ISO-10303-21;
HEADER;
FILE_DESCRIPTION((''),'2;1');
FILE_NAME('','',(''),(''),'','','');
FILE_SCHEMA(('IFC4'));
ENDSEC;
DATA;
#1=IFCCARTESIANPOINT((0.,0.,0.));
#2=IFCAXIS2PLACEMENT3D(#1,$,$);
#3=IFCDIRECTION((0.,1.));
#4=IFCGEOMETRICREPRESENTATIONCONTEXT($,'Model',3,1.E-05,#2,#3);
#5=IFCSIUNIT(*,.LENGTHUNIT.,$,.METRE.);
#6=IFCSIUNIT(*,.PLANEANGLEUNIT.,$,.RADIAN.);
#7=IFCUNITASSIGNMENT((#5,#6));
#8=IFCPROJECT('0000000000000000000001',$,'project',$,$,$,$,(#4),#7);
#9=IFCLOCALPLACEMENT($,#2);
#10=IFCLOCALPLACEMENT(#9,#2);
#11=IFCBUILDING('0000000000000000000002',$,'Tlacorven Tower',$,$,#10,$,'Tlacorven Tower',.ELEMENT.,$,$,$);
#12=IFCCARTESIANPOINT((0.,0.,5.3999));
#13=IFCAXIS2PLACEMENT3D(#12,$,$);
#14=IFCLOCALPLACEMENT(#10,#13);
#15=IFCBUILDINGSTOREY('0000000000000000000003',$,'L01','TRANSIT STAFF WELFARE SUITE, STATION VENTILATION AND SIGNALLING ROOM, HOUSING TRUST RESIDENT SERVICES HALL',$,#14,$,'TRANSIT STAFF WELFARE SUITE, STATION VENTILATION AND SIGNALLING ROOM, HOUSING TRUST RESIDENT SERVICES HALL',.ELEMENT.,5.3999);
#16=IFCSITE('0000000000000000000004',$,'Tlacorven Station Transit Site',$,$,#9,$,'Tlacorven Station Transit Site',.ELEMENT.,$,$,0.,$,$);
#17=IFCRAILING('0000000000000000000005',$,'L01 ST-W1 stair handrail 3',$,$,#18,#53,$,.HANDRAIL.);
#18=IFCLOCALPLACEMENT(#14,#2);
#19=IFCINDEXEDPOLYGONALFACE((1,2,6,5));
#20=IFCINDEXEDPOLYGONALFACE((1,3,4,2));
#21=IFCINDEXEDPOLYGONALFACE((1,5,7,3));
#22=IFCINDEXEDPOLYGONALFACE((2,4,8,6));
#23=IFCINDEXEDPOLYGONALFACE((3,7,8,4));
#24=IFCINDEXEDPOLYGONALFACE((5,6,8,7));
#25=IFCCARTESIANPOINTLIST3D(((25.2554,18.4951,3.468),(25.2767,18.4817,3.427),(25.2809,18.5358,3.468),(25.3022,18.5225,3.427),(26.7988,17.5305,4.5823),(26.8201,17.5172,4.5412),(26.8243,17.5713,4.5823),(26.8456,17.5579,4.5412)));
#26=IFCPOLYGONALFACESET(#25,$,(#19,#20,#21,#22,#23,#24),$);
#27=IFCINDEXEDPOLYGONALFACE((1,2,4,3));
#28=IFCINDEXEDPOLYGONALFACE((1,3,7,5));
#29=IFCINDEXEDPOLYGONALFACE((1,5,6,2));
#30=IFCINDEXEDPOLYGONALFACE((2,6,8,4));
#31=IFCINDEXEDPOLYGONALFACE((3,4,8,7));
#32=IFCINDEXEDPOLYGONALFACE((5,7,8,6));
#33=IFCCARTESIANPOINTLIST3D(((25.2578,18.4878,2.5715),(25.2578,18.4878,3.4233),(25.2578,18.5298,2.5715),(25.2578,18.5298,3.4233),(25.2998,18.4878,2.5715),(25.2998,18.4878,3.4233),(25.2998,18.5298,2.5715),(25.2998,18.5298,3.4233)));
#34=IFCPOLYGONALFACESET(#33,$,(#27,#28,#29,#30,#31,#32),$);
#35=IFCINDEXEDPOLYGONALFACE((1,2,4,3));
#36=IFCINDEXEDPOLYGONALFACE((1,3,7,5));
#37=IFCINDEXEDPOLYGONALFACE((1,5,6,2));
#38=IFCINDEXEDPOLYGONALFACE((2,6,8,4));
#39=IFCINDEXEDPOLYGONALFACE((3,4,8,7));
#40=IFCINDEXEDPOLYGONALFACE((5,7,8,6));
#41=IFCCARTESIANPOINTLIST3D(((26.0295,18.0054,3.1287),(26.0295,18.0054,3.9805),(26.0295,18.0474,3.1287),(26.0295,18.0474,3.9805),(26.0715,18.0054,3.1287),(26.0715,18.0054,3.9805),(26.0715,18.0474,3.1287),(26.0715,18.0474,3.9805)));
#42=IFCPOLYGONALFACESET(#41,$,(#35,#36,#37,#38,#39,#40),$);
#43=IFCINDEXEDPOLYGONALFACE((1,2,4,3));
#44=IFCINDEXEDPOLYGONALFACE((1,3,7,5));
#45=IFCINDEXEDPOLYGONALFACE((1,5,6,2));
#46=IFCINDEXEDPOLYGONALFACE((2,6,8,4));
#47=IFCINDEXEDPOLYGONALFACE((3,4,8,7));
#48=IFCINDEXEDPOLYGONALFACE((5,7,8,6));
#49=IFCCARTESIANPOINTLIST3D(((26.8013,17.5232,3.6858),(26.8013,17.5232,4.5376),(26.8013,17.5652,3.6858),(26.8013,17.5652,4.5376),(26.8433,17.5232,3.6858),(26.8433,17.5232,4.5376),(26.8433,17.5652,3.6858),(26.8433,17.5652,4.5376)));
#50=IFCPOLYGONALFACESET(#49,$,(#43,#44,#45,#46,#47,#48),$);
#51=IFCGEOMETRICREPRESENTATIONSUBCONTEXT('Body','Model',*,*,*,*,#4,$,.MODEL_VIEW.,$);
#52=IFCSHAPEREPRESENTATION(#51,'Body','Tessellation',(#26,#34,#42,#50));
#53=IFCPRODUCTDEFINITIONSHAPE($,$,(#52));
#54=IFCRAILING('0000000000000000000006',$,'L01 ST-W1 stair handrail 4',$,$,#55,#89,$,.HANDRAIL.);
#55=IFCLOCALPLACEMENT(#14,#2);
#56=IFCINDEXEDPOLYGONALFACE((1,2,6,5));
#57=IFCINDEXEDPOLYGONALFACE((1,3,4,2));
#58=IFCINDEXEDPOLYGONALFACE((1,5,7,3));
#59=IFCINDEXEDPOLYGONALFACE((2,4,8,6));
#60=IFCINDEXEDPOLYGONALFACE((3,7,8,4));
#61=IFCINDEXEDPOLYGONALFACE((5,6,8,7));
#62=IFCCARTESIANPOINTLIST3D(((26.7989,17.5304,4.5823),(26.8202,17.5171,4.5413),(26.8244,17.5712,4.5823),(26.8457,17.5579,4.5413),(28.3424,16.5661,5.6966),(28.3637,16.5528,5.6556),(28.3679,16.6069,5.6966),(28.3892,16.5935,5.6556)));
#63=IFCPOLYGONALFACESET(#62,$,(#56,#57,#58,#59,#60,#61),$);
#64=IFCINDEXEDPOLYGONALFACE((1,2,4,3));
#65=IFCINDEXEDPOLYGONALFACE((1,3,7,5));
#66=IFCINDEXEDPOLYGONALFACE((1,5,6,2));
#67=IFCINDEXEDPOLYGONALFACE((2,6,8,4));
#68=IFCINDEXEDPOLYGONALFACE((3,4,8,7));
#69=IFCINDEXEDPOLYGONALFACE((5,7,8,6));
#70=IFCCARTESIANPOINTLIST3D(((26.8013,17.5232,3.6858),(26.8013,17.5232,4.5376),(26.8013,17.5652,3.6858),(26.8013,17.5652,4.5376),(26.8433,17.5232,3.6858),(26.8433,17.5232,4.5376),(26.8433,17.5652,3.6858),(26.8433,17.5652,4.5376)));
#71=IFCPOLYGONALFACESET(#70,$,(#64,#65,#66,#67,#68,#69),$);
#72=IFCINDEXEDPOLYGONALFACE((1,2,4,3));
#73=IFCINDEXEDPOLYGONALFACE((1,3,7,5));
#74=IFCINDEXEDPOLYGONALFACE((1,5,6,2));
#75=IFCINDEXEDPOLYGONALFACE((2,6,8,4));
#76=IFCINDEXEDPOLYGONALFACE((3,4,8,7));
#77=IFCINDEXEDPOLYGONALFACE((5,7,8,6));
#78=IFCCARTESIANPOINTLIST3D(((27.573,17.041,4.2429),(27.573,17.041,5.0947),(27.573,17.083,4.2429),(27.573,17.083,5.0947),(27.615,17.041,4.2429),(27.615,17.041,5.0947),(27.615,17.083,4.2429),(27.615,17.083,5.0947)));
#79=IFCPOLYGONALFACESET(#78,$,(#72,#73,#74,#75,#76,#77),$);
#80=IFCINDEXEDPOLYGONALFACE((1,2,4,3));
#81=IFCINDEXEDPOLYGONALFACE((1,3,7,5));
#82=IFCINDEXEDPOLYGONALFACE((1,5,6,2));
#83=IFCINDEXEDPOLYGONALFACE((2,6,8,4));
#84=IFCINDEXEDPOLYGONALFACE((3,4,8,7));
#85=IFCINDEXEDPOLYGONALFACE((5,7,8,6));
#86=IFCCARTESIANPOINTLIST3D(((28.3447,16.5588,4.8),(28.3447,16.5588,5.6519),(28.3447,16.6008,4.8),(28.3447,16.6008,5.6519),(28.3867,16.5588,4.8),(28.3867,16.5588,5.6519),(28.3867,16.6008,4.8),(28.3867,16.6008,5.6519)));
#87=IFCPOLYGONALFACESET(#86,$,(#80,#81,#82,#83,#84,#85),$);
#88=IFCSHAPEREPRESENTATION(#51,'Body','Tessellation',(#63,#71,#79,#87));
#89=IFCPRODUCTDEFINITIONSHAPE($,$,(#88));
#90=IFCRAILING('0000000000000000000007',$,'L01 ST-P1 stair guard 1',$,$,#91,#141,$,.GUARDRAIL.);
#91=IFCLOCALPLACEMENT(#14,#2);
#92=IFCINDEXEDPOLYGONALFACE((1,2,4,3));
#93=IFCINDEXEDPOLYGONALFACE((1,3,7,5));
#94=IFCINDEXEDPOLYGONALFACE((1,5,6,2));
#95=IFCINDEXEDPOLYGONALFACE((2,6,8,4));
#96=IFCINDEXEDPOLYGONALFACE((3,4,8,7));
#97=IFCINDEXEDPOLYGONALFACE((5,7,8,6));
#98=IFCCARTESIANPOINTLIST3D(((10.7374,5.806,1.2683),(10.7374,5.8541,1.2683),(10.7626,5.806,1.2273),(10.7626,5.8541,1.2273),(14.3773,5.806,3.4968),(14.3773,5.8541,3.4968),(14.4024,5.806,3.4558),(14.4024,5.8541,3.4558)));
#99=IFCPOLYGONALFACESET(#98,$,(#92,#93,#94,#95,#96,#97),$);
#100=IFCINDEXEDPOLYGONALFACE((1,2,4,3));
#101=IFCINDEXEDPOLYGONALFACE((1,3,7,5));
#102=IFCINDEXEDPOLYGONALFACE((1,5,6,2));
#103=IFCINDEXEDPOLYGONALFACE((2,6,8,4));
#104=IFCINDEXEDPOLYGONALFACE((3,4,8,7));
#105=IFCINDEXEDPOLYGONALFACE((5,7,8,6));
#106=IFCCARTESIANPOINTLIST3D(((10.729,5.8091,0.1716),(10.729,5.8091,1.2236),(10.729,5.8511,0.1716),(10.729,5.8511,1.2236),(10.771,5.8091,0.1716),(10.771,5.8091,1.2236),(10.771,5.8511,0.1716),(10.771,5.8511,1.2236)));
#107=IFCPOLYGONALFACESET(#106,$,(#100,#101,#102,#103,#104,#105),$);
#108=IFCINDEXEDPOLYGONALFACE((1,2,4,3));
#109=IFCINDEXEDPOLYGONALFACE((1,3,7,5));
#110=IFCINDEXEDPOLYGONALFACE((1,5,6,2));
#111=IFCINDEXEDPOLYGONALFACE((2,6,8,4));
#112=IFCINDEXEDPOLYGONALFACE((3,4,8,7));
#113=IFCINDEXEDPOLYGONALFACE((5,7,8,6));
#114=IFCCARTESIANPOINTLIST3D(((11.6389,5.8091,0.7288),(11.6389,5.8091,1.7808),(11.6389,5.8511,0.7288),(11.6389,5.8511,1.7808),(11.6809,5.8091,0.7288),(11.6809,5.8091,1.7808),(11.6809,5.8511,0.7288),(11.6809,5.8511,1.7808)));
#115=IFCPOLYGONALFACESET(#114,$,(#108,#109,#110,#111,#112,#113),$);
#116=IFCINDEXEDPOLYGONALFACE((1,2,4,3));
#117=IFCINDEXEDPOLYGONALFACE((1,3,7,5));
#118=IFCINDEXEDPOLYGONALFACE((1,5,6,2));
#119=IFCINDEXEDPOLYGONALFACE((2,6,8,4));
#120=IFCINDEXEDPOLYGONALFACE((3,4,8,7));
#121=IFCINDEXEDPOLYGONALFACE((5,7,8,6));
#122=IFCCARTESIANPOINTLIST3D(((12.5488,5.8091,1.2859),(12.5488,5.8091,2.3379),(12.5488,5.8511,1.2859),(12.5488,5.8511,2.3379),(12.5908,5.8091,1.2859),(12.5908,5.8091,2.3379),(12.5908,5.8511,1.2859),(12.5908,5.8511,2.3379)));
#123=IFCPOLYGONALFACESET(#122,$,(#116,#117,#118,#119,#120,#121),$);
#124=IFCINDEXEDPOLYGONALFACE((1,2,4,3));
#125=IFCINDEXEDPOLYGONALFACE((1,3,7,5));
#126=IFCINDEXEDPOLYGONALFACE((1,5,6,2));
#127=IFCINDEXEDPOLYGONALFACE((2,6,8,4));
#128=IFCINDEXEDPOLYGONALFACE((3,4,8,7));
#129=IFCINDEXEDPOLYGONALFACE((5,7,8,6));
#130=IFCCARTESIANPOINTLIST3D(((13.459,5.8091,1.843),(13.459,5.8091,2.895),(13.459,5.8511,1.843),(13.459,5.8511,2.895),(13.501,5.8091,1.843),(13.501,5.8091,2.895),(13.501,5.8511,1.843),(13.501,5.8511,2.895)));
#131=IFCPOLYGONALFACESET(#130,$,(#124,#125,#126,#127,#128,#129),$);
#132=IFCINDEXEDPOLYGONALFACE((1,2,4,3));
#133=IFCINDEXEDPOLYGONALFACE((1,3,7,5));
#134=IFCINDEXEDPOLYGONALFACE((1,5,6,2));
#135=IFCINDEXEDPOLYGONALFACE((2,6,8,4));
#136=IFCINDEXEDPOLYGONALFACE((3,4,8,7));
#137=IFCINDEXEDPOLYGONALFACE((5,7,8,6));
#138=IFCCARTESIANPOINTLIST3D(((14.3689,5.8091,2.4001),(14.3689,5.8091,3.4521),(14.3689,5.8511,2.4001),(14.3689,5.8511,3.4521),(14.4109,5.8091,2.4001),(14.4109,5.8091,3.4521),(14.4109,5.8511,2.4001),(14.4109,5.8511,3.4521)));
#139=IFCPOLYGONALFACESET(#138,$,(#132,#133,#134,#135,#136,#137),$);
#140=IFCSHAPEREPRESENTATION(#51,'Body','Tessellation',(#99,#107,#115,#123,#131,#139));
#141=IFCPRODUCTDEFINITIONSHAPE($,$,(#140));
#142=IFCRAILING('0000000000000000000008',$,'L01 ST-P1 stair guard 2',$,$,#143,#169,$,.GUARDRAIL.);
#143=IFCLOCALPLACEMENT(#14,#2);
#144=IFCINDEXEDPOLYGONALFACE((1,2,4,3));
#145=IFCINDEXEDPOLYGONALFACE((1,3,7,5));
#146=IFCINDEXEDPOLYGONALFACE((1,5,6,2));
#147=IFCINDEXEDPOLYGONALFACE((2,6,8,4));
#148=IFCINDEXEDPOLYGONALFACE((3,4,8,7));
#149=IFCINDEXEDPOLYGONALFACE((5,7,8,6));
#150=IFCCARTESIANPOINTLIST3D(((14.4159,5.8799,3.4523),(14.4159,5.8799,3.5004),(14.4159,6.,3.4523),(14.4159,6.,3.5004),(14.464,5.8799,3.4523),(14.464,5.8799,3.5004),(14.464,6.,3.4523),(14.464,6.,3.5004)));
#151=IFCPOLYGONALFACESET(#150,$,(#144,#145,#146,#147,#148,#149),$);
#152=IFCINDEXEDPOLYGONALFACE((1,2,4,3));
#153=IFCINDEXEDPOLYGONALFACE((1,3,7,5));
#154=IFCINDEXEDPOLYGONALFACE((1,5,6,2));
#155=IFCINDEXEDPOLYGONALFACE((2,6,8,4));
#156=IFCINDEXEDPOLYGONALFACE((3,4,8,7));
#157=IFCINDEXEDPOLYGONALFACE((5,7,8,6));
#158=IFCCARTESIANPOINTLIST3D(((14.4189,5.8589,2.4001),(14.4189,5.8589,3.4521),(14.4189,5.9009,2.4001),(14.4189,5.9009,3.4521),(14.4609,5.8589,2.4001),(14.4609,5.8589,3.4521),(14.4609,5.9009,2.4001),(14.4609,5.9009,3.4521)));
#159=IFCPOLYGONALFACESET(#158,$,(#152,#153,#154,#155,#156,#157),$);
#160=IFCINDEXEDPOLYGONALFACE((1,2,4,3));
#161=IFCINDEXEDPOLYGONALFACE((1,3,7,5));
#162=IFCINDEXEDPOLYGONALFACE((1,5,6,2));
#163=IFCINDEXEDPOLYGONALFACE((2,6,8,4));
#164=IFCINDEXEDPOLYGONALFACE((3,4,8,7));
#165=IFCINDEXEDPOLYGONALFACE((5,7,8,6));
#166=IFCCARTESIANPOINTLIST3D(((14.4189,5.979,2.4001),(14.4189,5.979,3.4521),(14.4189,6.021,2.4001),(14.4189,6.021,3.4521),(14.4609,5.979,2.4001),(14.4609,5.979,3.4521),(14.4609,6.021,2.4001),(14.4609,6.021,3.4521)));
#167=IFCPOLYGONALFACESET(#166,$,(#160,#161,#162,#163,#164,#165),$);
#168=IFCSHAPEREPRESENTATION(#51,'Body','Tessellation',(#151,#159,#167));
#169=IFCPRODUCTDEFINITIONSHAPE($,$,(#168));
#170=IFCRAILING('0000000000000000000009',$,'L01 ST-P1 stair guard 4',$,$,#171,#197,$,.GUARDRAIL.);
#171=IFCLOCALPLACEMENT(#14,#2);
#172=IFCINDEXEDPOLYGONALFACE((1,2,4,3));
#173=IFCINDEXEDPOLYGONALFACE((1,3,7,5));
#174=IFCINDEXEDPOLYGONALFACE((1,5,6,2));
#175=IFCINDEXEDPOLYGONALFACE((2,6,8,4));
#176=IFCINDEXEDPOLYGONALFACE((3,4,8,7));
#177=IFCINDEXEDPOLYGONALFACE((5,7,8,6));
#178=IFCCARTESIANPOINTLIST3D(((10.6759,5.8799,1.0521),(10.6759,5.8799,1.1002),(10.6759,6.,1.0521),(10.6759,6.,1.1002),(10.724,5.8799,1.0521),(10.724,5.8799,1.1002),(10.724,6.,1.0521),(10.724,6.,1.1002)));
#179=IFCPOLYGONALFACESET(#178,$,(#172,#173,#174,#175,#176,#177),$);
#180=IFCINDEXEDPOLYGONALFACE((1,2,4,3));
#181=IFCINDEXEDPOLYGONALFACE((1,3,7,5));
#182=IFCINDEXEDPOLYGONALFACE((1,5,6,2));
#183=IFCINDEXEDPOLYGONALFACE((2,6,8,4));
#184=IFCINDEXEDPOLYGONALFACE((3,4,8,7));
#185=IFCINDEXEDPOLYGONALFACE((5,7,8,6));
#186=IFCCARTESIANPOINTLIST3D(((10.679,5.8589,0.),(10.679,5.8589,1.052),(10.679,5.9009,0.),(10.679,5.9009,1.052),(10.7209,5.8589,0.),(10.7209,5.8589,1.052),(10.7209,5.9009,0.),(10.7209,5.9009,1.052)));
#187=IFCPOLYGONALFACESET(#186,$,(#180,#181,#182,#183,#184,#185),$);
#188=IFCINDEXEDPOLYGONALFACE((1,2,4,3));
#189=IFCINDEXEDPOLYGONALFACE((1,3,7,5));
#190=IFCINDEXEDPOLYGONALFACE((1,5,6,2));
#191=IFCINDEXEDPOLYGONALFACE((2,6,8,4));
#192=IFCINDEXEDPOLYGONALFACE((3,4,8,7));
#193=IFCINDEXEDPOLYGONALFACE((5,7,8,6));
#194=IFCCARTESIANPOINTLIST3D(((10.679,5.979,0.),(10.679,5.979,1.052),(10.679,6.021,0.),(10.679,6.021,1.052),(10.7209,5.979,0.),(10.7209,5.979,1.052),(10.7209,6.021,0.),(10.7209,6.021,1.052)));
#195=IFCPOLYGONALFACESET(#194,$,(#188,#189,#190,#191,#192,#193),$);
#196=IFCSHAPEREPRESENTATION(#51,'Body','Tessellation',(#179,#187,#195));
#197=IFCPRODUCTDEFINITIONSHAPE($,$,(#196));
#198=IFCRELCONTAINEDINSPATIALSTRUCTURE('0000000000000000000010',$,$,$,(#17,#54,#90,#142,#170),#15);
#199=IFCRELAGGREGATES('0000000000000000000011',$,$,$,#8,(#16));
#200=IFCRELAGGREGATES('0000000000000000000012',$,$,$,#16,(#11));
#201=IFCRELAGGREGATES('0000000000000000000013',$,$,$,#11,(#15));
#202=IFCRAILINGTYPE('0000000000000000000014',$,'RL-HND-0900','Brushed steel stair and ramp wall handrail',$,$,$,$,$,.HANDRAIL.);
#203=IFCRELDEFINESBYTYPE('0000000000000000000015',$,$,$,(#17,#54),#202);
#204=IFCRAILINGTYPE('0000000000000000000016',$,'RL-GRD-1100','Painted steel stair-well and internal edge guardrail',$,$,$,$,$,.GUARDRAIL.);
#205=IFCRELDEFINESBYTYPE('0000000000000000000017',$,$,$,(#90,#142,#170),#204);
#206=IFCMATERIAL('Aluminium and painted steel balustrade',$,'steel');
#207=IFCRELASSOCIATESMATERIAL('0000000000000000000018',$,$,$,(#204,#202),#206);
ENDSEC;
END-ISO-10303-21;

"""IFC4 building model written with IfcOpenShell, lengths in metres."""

from ifc_helpers import new_model, si_unit, direction, frame, origin, origin_2d, place, context, subcontext, project, spatial, rectangle, extrude, source, transform, mapped, material, type_object, element, save


model = new_model("IFC4")

# Units and contexts
model_context = context("Model", 3, precision=1e-05, world=origin(), true_north=direction((0.0, 1.0)))
body_context = subcontext(model_context, "Body", "Model", "MODEL_VIEW")
ifc_project = project(units=[si_unit("LENGTHUNIT", "METRE"), si_unit("PLANEANGLEUNIT", "RADIAN")], contexts=[model_context])

# Site, building, storey
site_placement = place(None, origin())
site = spatial("IfcSite", under=ifc_project, at=site_placement, Name="Tlacorven Station Transit Site", LongName="Tlacorven Station Transit Site", CompositionType="ELEMENT", RefElevation=0.0)
building_placement = place(site_placement, origin())
building = spatial("IfcBuilding", under=site, at=building_placement, Name="Tlacorven Tower", LongName="Tlacorven Tower", CompositionType="ELEMENT")
storey_placement = place(building_placement, frame((0.0, 0.0, 5.3999)))
storey = spatial("IfcBuildingStorey", under=building, at=storey_placement, Name="L01", Description="TRANSIT STAFF WELFARE SUITE, STATION VENTILATION AND SIGNALLING ROOM, HOUSING TRUST RESIDENT SERVICES HALL", LongName="TRANSIT STAFF WELFARE SUITE, STATION VENTILATION AND SIGNALLING ROOM, HOUSING TRUST RESIDENT SERVICES HALL", CompositionType="ELEMENT", Elevation=5.3999)

# Railings
ifc_material_1 = material(Name="Aluminium and painted steel balustrade", Category="steel")
railing_type_1 = type_object("IfcRailingType", Name="RL-GRD-1100", Description="Painted steel stair-well and internal edge guardrail", PredefinedType="GUARDRAIL", material=ifc_material_1)
railing_type_2 = type_object("IfcRailingType", Name="RL-HND-0900", Description="Brushed steel stair and ramp wall handrail", PredefinedType="HANDRAIL", material=ifc_material_1)
shared_shape_1 = source(origin(), body_context, "Body", "SweptSolid", [
    extrude(rectangle(XDim=0.0481, YDim=0.0481, at=origin_2d()), frame((0.0, 0.0, 0.876), z_axis=(0.723244, -0.451999, 0.522126), x_axis=(0.529975, 0.848013, 0.0)), (0.0, 0.0, 1.0), 2.134),
    extrude(rectangle(XDim=0.042, YDim=0.042, at=origin_2d()), origin(), (0.0, 0.0, 1.0), 0.8518),
    extrude(rectangle(XDim=0.042, YDim=0.042, at=origin_2d()), frame((0.7717, -0.4824, 0.5571)), (0.0, 0.0, 1.0), 0.8518),
    extrude(rectangle(XDim=0.042, YDim=0.042, at=origin_2d()), frame((1.5435, -0.9646, 1.1143)), (0.0, 0.0, 1.0), 0.8518),
])
railing_1_placement = place(storey_placement, frame((25.2788, 18.5088, 2.5715)))
element("IfcRailing", 1, at=railing_1_placement, inside=storey, type_object=railing_type_2, Name="L01 ST-W1 stair handrail 3", PredefinedType="HANDRAIL", context=body_context, shape_type="MappedRepresentation", body=[
    mapped(shared_shape_1, transform((0.0, 0.0, 0.0), scale=1.0)),
])
shared_shape_2 = source(origin(), body_context, "Body", "SweptSolid", [
    extrude(rectangle(XDim=0.0481, YDim=0.0481, at=origin_2d()), frame((0.0, 0.0, 0.876), z_axis=(0.723281, -0.451908, 0.522153), x_axis=(0.529878, 0.848074, 0.0)), (0.0, 0.0, 1.0), 2.134),
    extrude(rectangle(XDim=0.042, YDim=0.042, at=origin_2d()), origin(), (0.0, 0.0, 1.0), 0.8518),
    extrude(rectangle(XDim=0.042, YDim=0.042, at=origin_2d()), frame((0.7717, -0.4822, 0.5571)), (0.0, 0.0, 1.0), 0.8518),
    extrude(rectangle(XDim=0.042, YDim=0.042, at=origin_2d()), frame((1.5435, -0.9644, 1.1143)), (0.0, 0.0, 1.0), 0.8518),
])
railing_2_placement = place(storey_placement, frame((26.8223, 17.5442, 3.6858)))
element("IfcRailing", 2, at=railing_2_placement, inside=storey, type_object=railing_type_2, Name="L01 ST-W1 stair handrail 4", PredefinedType="HANDRAIL", context=body_context, shape_type="MappedRepresentation", body=[
    mapped(shared_shape_2, transform((0.0, 0.0, 0.0), scale=1.0)),
])
shared_shape_3 = source(origin(), body_context, "Body", "SweptSolid", [
    extrude(rectangle(XDim=0.0481, YDim=0.0481, at=origin_2d()), frame((0.0, 0.0, 1.0762), z_axis=(0.85285, 0.0, 0.522156), x_axis=(0.0, 1.0, 0.0)), (0.0, 0.0, 1.0), 4.2678),
    extrude(rectangle(XDim=0.042, YDim=0.042, at=origin_2d()), origin(), (0.0, 0.0, 1.0), 1.052),
    extrude(rectangle(XDim=0.042, YDim=0.042, at=origin_2d()), frame((0.9099, 0.0, 0.5571)), (0.0, 0.0, 1.0), 1.052),
    extrude(rectangle(XDim=0.042, YDim=0.042, at=origin_2d()), frame((1.8198, 0.0, 1.1143)), (0.0, 0.0, 1.0), 1.052),
    extrude(rectangle(XDim=0.042, YDim=0.042, at=origin_2d()), frame((2.73, 0.0, 1.6714)), (0.0, 0.0, 1.0), 1.052),
    extrude(rectangle(XDim=0.042, YDim=0.042, at=origin_2d()), frame((3.6399, 0.0, 2.2285)), (0.0, 0.0, 1.0), 1.052),
])
railing_3_placement = place(storey_placement, frame((10.75, 5.8301, 0.1716)))
element("IfcRailing", 3, at=railing_3_placement, inside=storey, type_object=railing_type_1, Name="L01 ST-P1 stair guard 1", PredefinedType="GUARDRAIL", context=body_context, shape_type="MappedRepresentation", body=[
    mapped(shared_shape_3, transform((0.0, 0.0, 0.0), scale=1.0)),
])
shared_shape_4 = source(origin(), body_context, "Body", "SweptSolid", [
    extrude(rectangle(XDim=0.0481, YDim=0.0481, at=origin_2d()), frame((0.0, 0.0, 1.0762), z_axis=(0.0, 1.0, 0.0), x_axis=(-1.0, 0.0, 0.0)), (0.0, 0.0, 1.0), 0.1201),
    extrude(rectangle(XDim=0.042, YDim=0.042, at=origin_2d()), origin(), (0.0, 0.0, 1.0), 1.052),
    extrude(rectangle(XDim=0.042, YDim=0.042, at=origin_2d()), frame((0.0, 0.1201, 0.0)), (0.0, 0.0, 1.0), 1.052),
])
for number, where, name in (
    (4, (14.4399, 5.8799, 2.4001), "L01 ST-P1 stair guard 2"),
    (5, (10.7, 5.8799, 0.0), "L01 ST-P1 stair guard 4"),
):
    element("IfcRailing", number, at=place(storey_placement, frame(where)), inside=storey, type_object=railing_type_1, Name=name, PredefinedType="GUARDRAIL", context=body_context, shape_type="MappedRepresentation", body=[
        mapped(shared_shape_4, transform((0.0, 0.0, 0.0), scale=1.0)),
    ])

save(model, "model.ifc")
